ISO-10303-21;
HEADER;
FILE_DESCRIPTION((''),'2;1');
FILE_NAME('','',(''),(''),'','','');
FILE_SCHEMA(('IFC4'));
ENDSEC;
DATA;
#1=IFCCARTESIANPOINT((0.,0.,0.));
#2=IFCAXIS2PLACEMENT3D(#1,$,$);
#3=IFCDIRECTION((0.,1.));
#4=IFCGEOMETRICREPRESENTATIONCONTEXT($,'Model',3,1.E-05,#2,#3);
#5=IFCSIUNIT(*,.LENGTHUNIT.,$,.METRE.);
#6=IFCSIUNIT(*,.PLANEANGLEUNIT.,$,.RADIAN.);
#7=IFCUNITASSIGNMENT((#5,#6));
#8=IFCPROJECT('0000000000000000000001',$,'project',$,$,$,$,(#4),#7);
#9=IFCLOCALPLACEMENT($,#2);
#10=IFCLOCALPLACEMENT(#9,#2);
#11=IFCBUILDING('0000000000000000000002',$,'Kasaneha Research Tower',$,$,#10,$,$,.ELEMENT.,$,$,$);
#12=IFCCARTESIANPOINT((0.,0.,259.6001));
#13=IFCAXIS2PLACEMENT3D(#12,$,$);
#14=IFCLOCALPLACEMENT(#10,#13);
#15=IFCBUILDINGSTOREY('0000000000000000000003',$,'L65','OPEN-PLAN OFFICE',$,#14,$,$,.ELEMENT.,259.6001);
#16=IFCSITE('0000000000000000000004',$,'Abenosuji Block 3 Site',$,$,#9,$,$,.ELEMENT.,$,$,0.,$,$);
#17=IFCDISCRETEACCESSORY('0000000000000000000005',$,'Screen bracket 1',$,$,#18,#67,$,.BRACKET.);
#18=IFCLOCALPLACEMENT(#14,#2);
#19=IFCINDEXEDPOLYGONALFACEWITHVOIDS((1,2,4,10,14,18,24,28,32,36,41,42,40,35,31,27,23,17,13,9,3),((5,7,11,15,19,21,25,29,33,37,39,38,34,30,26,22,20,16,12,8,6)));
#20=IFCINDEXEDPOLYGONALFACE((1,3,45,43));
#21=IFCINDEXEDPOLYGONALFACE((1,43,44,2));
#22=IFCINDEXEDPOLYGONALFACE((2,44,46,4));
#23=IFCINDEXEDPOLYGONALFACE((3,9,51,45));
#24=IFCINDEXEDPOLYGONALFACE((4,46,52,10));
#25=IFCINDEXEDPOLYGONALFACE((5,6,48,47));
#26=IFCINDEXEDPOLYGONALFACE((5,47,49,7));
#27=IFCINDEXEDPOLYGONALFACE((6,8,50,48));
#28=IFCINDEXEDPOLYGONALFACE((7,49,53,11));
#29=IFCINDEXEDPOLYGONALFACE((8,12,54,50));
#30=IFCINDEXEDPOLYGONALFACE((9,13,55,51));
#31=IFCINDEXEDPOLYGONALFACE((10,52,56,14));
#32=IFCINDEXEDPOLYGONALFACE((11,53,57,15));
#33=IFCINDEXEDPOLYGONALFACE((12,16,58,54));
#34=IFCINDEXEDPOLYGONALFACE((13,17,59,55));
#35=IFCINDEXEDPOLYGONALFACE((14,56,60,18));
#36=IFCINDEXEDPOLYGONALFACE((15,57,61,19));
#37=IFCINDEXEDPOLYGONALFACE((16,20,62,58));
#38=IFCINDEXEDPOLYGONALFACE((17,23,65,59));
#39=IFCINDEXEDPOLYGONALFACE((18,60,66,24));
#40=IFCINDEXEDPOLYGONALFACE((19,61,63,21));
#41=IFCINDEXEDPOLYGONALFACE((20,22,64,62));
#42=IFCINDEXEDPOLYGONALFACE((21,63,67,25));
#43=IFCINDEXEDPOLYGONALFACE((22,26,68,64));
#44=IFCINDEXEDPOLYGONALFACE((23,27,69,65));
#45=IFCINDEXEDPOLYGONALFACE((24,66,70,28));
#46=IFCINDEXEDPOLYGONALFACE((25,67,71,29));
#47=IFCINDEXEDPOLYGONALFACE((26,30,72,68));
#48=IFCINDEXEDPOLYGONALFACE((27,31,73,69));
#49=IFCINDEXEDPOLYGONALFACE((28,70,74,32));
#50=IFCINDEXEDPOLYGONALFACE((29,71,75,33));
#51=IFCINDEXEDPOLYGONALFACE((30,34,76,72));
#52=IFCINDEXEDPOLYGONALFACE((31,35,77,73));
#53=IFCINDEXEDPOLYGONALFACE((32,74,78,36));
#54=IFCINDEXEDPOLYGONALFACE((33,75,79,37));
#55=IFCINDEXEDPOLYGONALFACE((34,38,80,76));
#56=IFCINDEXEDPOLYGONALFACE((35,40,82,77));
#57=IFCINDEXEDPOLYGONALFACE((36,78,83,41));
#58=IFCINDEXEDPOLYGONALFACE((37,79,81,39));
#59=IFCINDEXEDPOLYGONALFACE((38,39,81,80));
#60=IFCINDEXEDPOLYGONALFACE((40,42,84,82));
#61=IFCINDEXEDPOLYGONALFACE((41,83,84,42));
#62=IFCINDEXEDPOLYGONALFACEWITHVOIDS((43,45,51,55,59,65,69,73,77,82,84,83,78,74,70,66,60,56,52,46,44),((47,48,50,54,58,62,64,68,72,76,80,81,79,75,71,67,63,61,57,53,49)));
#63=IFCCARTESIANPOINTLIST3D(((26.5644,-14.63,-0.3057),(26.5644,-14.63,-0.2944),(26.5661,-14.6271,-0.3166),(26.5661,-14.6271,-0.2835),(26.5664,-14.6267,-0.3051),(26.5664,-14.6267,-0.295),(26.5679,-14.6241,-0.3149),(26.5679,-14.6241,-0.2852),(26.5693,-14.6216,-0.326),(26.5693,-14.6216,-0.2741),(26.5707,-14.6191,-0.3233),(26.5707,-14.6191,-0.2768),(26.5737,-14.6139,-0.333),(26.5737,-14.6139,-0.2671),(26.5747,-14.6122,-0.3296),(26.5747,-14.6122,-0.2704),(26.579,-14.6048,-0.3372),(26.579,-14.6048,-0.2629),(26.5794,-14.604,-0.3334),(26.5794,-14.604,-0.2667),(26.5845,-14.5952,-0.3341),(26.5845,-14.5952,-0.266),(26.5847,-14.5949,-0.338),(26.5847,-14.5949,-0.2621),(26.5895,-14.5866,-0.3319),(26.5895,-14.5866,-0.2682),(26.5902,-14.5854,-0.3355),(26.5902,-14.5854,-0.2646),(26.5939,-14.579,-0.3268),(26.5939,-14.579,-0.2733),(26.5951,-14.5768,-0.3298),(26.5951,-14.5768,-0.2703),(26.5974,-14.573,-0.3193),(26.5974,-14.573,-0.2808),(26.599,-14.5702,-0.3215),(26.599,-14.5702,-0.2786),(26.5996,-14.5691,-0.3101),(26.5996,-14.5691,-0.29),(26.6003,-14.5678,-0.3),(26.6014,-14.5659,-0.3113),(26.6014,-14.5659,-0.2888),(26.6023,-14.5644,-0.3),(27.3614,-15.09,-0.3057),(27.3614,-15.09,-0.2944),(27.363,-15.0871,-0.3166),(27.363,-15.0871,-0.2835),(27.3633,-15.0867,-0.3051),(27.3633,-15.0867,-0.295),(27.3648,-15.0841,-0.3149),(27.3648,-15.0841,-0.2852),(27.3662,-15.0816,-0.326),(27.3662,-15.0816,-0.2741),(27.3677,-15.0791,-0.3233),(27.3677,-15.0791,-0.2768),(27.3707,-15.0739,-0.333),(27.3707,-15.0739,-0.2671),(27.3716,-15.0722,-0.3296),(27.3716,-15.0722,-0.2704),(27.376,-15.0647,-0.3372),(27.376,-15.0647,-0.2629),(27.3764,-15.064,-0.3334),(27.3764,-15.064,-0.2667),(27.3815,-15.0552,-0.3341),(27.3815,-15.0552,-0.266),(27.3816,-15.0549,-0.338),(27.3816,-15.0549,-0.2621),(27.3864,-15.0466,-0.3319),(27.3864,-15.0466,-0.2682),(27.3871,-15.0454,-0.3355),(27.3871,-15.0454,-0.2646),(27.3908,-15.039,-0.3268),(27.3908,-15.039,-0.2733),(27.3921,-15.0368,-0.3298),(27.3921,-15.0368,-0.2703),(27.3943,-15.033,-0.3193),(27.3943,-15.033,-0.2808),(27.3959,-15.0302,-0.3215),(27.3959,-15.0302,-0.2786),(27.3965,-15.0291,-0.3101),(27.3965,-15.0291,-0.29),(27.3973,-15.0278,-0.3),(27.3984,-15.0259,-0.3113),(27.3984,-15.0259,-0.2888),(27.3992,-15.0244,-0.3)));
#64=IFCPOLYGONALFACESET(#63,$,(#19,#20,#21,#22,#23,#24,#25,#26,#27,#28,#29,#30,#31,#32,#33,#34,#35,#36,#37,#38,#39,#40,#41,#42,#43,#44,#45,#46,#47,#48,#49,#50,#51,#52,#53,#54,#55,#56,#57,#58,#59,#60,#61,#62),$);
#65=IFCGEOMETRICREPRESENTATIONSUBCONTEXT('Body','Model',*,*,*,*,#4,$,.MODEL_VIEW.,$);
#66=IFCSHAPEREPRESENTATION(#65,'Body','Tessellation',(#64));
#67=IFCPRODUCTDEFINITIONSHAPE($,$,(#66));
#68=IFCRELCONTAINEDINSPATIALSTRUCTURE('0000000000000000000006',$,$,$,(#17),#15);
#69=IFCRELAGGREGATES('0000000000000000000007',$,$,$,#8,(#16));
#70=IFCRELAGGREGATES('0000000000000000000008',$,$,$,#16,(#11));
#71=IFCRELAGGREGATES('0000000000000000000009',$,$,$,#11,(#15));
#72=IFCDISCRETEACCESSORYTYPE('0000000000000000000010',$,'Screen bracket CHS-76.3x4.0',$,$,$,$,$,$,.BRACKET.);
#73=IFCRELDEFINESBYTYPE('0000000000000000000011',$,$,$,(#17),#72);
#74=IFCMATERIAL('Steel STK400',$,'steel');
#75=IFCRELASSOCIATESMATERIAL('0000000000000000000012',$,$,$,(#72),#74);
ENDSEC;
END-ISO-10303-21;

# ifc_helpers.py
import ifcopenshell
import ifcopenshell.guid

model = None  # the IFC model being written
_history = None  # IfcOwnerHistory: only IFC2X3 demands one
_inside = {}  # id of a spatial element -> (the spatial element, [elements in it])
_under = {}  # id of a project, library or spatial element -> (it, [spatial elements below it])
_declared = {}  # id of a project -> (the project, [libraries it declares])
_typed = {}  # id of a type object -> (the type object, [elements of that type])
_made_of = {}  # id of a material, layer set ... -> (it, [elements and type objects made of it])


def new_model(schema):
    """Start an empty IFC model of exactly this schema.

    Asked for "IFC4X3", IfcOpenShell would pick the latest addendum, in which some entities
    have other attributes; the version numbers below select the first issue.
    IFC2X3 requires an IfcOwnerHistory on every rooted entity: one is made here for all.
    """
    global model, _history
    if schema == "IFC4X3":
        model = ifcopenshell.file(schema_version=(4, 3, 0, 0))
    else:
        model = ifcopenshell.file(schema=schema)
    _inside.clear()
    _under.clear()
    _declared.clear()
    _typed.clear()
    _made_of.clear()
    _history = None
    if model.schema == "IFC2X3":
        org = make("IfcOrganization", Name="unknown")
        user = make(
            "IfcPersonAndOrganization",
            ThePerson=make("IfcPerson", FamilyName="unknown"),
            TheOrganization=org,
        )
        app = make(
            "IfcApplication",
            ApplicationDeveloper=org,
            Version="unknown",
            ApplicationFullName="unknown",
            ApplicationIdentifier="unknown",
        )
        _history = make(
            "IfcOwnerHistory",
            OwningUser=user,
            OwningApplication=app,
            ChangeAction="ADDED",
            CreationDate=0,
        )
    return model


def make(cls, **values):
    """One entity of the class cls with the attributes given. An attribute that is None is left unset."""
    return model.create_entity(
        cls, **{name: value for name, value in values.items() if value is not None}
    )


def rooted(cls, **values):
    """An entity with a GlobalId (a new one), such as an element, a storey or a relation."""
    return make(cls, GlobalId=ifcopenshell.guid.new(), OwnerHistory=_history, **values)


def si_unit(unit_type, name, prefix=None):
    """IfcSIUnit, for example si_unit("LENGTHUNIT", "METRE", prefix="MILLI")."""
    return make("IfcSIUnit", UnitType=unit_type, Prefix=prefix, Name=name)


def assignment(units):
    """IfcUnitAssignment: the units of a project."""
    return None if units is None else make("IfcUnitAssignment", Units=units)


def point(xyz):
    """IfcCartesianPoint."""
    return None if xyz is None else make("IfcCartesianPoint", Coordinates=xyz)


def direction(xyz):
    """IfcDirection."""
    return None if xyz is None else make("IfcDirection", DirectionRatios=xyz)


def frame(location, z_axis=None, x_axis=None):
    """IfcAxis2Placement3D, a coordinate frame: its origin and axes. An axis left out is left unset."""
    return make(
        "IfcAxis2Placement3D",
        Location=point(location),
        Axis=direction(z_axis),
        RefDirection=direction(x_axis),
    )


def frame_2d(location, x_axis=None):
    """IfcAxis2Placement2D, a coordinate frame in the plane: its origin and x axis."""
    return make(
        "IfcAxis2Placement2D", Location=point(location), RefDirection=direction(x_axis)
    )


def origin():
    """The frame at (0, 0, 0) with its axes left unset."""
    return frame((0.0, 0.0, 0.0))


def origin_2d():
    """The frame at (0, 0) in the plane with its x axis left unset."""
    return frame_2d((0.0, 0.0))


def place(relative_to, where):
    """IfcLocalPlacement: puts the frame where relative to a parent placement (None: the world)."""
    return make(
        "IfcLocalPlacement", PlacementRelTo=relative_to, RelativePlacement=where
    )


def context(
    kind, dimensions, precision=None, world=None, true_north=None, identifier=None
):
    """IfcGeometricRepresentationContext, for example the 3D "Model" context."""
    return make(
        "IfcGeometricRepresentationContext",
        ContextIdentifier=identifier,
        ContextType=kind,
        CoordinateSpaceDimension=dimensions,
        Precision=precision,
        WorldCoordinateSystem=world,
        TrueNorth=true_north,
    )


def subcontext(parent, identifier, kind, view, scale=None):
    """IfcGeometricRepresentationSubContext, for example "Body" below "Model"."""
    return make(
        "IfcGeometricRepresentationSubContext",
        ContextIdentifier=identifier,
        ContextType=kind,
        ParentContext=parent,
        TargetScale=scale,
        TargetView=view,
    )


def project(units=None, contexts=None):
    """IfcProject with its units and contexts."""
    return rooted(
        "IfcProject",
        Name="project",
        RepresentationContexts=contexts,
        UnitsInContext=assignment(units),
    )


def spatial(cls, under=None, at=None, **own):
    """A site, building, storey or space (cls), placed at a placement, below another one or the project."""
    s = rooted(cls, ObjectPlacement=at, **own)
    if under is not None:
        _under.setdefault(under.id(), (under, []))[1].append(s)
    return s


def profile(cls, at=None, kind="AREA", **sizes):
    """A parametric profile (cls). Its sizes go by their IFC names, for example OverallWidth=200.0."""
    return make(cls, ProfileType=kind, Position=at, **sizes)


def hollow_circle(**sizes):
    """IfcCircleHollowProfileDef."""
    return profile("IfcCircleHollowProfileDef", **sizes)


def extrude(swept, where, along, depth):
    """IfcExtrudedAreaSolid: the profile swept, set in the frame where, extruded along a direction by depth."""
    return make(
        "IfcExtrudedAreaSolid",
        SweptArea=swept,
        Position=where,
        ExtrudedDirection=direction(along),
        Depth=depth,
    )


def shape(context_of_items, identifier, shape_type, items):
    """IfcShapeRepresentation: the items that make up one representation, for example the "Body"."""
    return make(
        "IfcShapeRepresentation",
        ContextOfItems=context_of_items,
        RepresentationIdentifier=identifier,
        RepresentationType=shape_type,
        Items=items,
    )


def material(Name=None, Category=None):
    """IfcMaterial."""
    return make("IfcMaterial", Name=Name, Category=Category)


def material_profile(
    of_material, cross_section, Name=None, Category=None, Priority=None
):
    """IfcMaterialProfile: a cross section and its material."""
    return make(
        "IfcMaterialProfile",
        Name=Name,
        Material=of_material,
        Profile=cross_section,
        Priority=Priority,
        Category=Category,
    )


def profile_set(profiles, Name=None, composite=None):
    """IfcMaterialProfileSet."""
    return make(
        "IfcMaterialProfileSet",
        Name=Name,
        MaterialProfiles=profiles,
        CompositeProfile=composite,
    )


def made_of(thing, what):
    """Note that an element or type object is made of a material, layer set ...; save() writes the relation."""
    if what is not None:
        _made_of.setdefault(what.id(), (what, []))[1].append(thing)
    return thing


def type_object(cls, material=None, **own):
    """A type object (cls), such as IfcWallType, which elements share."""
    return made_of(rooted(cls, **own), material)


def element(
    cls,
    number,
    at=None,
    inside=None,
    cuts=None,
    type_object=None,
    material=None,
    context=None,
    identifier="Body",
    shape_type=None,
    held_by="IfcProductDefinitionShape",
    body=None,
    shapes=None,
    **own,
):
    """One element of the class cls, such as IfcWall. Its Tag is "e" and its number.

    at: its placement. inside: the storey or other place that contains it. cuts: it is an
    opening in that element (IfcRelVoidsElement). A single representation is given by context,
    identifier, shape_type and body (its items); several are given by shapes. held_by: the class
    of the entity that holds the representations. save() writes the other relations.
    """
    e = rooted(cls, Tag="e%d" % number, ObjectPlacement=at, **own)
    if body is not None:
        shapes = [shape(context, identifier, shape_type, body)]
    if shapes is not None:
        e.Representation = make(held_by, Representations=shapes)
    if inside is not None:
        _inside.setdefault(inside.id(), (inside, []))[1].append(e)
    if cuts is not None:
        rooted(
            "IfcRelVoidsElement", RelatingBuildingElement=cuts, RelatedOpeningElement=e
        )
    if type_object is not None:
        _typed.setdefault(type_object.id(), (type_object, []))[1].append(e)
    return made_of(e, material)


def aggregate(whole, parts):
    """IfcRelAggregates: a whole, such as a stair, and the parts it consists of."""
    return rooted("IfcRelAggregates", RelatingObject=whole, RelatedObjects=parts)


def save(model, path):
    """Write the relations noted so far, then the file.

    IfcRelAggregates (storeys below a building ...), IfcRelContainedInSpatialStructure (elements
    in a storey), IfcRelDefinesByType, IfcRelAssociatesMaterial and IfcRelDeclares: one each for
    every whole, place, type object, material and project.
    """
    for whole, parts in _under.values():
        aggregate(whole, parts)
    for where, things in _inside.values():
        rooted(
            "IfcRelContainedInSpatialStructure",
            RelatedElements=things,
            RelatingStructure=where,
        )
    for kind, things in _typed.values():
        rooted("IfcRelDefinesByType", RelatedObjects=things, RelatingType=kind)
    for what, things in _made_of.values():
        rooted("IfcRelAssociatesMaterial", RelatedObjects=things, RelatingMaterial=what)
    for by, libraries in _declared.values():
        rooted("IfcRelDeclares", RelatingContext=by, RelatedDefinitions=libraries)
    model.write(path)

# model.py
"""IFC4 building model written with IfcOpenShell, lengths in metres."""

from ifc_helpers import new_model, si_unit, direction, frame, origin, origin_2d, place, context, subcontext, project, spatial, hollow_circle, extrude, material, material_profile, profile_set, type_object, element, save


model = new_model("IFC4")

# Units and contexts
model_context = context("Model", 3, precision=1e-05, world=origin(), true_north=direction((0.0, 1.0)))
body_context = subcontext(model_context, "Body", "Model", "MODEL_VIEW")
ifc_project = project(units=[si_unit("LENGTHUNIT", "METRE"), si_unit("PLANEANGLEUNIT", "RADIAN")], contexts=[model_context])

# Site, building, storey
site_placement = place(None, origin())
site = spatial("IfcSite", under=ifc_project, at=site_placement, Name="Abenosuji Block 3 Site", CompositionType="ELEMENT", RefElevation=0.0)
building_placement = place(site_placement, origin())
building = spatial("IfcBuilding", under=site, at=building_placement, Name="Kasaneha Research Tower", CompositionType="ELEMENT")
storey_placement = place(building_placement, frame((0.0, 0.0, 259.6001)))
storey = spatial("IfcBuildingStorey", under=building, at=storey_placement, Name="L65", Description="OPEN-PLAN OFFICE", CompositionType="ELEMENT", Elevation=259.6001)

# Discrete accessory
ifc_material_1 = material(Name="Steel STK400", Category="steel")
ifc_material_profile_1 = material_profile(ifc_material_1, hollow_circle(Radius=0.0381, WallThickness=0.0039, at=origin_2d()), Name="CHS-76.3x4.0")
ifc_profile_set_1 = profile_set([ifc_material_profile_1], Name="Steel STK400")
discrete_accessory_type = type_object("IfcDiscreteAccessoryType", Name="Screen bracket CHS-76.3x4.0", PredefinedType="BRACKET", material=ifc_profile_set_1)
discrete_accessory_1_placement = place(storey_placement, frame((26.5833, -14.5974, -0.3), z_axis=(0.86608, -0.499906, 0.0), x_axis=(0.499906, 0.86608, 0.0)))
element("IfcDiscreteAccessory", 1, at=discrete_accessory_1_placement, inside=storey, type_object=discrete_accessory_type, Name="Screen bracket 1", PredefinedType="BRACKET", context=body_context, shape_type="SweptSolid", body=[
    extrude(hollow_circle(Radius=0.0381, WallThickness=0.0039, at=origin_2d()), origin(), (0.0, 0.0, 1.0), 0.9202),
])

save(model, "model.ifc")
